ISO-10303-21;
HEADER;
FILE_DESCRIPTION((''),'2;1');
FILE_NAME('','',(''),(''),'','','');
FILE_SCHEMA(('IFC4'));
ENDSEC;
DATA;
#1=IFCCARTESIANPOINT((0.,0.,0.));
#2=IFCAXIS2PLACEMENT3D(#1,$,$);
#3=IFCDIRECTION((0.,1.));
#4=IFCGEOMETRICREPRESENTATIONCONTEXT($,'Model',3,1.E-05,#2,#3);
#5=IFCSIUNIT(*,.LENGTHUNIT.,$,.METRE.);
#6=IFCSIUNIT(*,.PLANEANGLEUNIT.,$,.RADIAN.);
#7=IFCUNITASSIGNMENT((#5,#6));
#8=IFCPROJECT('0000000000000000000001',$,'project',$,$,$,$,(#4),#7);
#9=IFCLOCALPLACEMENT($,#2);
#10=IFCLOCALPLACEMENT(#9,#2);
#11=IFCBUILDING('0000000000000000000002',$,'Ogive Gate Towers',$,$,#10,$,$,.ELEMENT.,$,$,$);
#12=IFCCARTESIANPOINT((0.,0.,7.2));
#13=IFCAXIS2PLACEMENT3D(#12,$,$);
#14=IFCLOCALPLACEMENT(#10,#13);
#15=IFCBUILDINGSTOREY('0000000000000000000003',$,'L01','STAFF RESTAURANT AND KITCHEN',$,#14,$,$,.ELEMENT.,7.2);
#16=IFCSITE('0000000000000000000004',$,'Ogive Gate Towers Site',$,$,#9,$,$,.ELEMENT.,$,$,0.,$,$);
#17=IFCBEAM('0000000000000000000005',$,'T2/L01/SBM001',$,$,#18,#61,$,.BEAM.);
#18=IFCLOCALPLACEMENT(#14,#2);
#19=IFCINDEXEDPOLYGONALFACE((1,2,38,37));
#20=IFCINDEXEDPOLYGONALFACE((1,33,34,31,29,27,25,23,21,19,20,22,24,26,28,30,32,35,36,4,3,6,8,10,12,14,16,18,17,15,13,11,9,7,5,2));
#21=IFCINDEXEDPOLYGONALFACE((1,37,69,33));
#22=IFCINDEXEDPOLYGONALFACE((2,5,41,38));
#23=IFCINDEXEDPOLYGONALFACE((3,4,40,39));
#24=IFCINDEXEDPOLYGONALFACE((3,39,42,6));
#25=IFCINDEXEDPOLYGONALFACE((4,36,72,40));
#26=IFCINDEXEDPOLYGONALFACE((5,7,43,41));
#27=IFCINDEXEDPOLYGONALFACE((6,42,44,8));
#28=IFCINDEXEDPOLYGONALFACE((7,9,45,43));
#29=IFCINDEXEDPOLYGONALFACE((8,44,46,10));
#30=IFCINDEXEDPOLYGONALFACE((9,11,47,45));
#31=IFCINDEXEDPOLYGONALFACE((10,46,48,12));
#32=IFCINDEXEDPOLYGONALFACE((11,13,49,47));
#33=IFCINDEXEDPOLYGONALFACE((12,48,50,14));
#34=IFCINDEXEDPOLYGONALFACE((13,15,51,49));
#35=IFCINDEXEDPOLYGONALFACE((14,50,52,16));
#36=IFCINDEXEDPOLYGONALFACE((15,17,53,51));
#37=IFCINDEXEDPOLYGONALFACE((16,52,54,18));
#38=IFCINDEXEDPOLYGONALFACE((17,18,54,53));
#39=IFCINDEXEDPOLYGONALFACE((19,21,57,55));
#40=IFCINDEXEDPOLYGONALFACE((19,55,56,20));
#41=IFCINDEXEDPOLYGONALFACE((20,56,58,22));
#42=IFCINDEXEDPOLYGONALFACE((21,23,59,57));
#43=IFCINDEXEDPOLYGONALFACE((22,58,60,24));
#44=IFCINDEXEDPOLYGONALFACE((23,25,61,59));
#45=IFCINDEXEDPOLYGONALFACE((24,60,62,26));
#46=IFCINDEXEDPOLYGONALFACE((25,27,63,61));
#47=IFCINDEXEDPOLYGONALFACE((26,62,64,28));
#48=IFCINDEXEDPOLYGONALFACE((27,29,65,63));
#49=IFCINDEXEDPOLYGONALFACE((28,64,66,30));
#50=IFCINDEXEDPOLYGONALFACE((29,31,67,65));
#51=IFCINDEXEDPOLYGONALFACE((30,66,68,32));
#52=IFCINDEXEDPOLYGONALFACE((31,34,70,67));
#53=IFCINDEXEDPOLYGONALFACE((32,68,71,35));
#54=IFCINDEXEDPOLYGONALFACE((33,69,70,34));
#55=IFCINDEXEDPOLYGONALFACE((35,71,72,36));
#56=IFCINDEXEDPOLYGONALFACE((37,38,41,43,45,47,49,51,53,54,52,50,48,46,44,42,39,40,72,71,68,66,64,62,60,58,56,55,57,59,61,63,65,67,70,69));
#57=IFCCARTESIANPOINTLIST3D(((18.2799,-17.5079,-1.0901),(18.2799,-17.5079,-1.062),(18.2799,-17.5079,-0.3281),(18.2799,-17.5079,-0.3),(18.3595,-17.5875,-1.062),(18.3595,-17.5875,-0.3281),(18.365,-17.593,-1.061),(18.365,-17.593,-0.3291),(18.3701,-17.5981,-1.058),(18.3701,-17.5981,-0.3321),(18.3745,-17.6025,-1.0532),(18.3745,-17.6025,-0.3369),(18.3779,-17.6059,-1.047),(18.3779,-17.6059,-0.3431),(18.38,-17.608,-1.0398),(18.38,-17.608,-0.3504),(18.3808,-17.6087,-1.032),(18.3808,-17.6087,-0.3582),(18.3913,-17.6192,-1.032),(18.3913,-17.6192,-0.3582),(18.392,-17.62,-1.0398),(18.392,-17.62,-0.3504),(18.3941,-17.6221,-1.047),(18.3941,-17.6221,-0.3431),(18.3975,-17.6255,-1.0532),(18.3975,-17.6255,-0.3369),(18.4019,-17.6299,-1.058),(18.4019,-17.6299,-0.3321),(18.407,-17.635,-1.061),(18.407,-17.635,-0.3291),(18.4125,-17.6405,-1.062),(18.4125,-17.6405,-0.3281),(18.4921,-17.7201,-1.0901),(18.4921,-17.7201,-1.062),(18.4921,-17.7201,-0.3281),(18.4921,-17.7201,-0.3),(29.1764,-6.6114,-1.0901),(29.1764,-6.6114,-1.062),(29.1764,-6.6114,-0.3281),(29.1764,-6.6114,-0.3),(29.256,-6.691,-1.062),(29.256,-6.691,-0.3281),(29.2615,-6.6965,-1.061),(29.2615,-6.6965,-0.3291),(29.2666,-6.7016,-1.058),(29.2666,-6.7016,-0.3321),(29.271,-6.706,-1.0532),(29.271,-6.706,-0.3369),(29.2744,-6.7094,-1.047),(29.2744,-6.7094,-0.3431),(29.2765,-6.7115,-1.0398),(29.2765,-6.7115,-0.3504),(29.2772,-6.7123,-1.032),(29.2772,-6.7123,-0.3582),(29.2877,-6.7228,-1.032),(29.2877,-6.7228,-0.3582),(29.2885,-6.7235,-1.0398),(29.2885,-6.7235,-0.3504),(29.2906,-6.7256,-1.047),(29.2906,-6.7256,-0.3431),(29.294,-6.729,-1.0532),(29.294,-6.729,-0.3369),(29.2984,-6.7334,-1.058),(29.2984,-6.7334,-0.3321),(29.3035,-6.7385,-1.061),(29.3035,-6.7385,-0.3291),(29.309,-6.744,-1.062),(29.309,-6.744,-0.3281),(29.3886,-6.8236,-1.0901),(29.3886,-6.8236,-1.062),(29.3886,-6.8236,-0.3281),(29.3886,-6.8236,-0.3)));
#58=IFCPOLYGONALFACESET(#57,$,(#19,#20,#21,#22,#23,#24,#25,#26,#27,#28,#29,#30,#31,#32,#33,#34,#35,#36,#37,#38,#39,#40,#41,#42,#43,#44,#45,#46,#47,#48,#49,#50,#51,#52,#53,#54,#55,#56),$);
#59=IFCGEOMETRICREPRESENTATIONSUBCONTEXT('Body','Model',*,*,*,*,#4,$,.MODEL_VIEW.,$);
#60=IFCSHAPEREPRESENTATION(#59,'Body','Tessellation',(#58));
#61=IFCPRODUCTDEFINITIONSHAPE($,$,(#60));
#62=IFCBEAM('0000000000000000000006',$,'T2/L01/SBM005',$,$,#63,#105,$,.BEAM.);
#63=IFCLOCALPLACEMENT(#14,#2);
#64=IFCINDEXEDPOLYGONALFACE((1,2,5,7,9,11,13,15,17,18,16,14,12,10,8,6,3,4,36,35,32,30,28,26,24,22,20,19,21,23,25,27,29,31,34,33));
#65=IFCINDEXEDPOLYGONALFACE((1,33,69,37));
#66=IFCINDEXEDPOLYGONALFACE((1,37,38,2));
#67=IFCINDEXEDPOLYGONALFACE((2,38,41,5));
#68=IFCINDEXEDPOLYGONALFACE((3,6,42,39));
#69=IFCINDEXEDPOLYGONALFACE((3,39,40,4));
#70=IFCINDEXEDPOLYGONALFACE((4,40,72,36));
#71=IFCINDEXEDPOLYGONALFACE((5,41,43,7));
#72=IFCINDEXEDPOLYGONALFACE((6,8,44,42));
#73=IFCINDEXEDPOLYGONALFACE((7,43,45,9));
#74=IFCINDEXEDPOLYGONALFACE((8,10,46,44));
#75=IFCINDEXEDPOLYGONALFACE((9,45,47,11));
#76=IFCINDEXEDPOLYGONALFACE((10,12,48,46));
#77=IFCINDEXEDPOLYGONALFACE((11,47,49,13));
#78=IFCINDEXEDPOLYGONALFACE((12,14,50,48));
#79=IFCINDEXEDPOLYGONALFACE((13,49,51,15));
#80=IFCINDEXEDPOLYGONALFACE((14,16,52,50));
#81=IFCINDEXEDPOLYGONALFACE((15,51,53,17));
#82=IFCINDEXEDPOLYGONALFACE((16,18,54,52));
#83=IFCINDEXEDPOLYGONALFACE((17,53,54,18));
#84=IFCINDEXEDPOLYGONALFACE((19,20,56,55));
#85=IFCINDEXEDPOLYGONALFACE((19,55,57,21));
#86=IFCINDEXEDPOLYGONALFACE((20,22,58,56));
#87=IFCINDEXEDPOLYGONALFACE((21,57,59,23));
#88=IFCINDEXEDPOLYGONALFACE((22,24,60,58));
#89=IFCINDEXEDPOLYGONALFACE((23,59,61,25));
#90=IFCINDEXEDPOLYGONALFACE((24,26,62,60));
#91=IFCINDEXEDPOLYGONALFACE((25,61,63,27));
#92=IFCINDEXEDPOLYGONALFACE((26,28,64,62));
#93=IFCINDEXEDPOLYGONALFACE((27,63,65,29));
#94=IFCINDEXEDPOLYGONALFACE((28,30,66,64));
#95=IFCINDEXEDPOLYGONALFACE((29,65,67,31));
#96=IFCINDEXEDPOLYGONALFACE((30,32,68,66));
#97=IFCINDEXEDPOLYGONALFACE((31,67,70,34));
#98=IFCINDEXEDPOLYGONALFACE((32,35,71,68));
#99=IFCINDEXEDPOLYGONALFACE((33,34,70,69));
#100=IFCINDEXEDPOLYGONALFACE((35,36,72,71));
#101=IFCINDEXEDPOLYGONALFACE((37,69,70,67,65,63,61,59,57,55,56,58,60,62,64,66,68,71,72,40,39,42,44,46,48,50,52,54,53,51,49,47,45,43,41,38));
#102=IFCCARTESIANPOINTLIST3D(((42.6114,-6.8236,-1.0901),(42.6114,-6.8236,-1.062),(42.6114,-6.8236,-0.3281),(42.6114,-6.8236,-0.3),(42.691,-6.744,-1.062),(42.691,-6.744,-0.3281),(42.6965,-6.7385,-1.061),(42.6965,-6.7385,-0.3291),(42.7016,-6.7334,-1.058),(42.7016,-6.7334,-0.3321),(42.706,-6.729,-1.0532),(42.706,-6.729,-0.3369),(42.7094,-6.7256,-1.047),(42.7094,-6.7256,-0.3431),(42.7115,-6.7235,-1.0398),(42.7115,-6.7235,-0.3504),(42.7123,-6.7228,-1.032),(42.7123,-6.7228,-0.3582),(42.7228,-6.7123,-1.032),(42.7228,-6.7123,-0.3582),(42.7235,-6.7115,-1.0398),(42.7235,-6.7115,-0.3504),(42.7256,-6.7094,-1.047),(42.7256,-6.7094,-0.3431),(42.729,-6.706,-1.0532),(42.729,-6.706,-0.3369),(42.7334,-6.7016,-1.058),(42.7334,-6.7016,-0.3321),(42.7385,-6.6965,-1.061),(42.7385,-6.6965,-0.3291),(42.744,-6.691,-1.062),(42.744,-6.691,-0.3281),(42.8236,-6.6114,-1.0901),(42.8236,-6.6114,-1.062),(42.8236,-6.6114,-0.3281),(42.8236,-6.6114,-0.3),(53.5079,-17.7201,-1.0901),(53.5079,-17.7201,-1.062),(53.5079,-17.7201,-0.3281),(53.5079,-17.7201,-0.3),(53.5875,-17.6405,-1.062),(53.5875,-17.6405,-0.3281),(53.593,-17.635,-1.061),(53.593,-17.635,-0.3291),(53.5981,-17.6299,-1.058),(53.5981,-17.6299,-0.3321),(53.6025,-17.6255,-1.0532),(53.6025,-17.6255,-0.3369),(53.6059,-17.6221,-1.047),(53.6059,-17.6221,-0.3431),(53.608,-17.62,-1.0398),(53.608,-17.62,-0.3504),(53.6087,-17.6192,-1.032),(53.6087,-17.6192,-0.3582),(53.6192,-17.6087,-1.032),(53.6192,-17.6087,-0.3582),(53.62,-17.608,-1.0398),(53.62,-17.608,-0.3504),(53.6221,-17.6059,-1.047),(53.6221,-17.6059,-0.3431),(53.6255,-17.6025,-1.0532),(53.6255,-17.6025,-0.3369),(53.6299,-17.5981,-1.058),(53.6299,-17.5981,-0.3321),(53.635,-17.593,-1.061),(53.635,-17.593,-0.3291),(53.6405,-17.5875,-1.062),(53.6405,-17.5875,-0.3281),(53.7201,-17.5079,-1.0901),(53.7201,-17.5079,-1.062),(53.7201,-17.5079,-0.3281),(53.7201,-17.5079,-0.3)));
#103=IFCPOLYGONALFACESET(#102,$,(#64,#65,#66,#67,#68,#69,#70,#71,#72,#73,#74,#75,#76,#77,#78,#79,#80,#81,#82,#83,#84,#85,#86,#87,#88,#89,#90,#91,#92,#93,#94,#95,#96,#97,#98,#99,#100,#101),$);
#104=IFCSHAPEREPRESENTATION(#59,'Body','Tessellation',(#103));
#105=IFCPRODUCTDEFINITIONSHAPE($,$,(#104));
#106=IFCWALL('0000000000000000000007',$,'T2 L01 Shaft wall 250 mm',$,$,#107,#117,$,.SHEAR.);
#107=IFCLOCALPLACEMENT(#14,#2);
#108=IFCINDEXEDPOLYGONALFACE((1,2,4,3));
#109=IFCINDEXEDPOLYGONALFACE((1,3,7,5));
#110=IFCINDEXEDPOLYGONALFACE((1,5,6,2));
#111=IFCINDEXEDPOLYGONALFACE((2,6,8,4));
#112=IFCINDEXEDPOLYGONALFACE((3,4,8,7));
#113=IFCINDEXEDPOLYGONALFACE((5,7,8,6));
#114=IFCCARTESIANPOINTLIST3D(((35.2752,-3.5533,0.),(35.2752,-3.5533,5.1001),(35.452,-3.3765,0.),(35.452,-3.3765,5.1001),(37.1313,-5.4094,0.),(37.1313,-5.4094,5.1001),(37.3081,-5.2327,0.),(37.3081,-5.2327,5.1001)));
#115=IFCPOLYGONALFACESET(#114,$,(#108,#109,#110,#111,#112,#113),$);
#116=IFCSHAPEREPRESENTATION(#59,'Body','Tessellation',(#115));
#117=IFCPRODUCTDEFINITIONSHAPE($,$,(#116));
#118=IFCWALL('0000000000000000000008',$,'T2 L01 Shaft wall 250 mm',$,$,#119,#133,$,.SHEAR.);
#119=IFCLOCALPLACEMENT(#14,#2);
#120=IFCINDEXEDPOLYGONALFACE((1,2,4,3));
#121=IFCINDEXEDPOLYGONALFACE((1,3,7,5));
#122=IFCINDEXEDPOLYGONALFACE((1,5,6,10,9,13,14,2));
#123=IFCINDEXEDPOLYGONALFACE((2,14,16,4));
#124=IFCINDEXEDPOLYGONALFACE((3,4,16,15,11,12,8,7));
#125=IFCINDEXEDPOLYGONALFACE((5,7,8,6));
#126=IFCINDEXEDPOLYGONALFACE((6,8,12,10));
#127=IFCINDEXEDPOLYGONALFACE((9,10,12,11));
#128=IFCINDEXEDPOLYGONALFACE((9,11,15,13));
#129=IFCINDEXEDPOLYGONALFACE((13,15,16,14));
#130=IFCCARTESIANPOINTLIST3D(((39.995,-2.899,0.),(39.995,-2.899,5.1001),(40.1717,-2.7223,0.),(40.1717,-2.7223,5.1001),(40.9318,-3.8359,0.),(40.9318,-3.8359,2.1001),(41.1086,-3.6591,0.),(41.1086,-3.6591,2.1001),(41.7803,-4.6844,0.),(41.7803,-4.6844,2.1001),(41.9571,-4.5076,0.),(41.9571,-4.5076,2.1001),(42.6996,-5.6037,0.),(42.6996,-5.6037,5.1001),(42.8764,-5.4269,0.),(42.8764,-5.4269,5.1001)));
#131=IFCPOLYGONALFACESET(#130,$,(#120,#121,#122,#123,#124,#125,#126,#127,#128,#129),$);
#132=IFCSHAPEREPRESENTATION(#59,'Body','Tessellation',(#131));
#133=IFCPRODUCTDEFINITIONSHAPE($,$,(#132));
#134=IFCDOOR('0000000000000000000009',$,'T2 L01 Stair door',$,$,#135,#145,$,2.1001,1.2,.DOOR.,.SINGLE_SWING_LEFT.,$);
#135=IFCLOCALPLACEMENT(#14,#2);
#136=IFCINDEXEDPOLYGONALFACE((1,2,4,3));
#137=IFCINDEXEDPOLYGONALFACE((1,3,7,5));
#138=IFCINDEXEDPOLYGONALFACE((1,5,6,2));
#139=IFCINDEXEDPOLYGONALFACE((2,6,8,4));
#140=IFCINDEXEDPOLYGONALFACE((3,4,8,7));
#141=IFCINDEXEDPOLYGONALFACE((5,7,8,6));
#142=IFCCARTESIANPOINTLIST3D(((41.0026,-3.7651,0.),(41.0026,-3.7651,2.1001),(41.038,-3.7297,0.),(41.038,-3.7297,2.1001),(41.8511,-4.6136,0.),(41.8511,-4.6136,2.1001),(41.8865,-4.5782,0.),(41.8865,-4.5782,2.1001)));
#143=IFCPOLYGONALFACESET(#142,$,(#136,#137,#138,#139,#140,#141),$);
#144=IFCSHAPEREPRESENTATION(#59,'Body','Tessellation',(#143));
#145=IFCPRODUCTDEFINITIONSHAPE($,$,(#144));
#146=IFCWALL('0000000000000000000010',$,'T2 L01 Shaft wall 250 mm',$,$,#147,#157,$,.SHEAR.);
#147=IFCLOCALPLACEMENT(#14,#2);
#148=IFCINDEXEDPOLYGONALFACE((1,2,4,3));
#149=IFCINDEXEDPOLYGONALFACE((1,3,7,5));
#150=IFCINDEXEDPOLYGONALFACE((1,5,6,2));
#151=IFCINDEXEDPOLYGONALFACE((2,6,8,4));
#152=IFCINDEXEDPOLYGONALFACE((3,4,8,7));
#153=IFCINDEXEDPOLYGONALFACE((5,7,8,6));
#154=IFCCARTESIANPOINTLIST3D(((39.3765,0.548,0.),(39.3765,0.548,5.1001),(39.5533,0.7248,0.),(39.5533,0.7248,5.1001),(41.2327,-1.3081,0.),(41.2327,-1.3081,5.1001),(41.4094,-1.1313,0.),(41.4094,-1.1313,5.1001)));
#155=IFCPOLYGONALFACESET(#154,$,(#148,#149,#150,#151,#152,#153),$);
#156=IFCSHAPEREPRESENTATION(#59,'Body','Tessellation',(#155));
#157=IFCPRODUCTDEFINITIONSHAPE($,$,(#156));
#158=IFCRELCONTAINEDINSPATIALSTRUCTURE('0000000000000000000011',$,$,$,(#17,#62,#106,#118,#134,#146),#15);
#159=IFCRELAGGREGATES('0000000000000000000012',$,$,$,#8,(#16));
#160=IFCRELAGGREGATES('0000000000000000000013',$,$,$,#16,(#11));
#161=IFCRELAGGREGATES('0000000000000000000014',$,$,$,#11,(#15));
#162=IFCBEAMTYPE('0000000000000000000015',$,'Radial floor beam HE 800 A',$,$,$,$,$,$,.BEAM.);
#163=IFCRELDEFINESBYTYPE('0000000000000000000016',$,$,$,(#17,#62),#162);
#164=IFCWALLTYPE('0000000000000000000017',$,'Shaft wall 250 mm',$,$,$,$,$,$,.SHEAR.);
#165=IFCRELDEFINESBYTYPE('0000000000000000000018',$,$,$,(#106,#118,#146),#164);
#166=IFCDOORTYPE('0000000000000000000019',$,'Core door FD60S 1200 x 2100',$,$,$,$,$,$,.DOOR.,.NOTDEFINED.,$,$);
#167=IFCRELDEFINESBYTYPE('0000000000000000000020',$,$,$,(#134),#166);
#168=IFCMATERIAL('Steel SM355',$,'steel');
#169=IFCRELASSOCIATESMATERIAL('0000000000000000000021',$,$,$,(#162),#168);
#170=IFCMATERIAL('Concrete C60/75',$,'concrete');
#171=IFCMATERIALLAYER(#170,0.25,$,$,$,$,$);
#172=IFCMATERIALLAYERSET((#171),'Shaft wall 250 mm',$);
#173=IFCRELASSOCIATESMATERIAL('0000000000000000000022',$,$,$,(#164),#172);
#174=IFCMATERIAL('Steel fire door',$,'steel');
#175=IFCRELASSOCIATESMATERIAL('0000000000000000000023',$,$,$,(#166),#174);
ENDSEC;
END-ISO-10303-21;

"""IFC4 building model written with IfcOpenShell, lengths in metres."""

from ifc_helpers import new_model, si_unit, direction, frame, frame_2d, origin, origin_2d, place, context, subcontext, project, spatial, rectangle, i_section, extrude, material, layer, layer_set, material_profile, profile_set, type_object, element, fill, save


model = new_model("IFC4")

# Units and contexts
model_context = context("Model", 3, precision=1e-05, world=origin(), true_north=direction((0.0, 1.0)))
body_context = subcontext(model_context, "Body", "Model", "MODEL_VIEW")
ifc_project = project(units=[si_unit("LENGTHUNIT", "METRE"), si_unit("PLANEANGLEUNIT", "RADIAN")], contexts=[model_context])

# Site, building, storey
site_placement = place(None, origin())
site = spatial("IfcSite", under=ifc_project, at=site_placement, Name="Ogive Gate Towers Site", CompositionType="ELEMENT", RefElevation=0.0)
building_placement = place(site_placement, origin())
building = spatial("IfcBuilding", under=site, at=building_placement, Name="Ogive Gate Towers", CompositionType="ELEMENT")
storey_placement = place(building_placement, frame((0.0, 0.0, 7.2)))
storey = spatial("IfcBuildingStorey", under=building, at=storey_placement, Name="L01", Description="STAFF RESTAURANT AND KITCHEN", CompositionType="ELEMENT", Elevation=7.2)

# Beams
ifc_material_1 = material(Name="Steel SM355", Category="steel")
ifc_material_profile = material_profile(ifc_material_1, i_section(OverallWidth=0.3, OverallDepth=0.79, WebThickness=0.0149, FlangeThickness=0.0281, FilletRadius=0.03, at=origin_2d()), Name="HE 800 A")
ifc_profile_set = profile_set([ifc_material_profile], Name="Steel SM355")
beam_type = type_object("IfcBeamType", Name="Radial floor beam HE 800 A", PredefinedType="BEAM", material=ifc_profile_set)
for number, where, z_axis, x_axis, name in (
    (1, (29.2825, -6.7175, -0.6951), (-0.707107, -0.707107, 0.0), (0.707107, -0.707107, 0.0), "T2/L01/SBM001"),
    (2, (42.7175, -6.7175, -0.6951), (0.707107, -0.707107, 0.0), (0.707107, 0.707107, 0.0), "T2/L01/SBM005"),
):
    element("IfcBeam", number, at=place(storey_placement, frame(where, z_axis=z_axis, x_axis=x_axis)), inside=storey, type_object=beam_type, Name=name, PredefinedType="BEAM", context=body_context, shape_type="SweptSolid", body=[
        extrude(i_section(OverallWidth=0.3, OverallDepth=0.79, WebThickness=0.0149, FlangeThickness=0.0281, FilletRadius=0.03, at=origin_2d()), origin(), (0.0, 0.0, 1.0), 15.4099),
    ])

# Wall
ifc_material_2 = material(Name="Concrete C60/75", Category="concrete")
ifc_layer_1 = layer(ifc_material_2, 0.25)
ifc_layer_set_1 = layer_set([ifc_layer_1], Name="Shaft wall 250 mm")
wall_type_1 = type_object("IfcWallType", Name="Shaft wall 250 mm", PredefinedType="SHEAR", material=ifc_layer_set_1)
wall_1_placement = place(storey_placement, frame((37.2197, -5.321, 0.0), z_axis=(0.0, 0.0, 1.0), x_axis=(-0.707107, 0.707107, 0.0)))
element("IfcWall", 3, at=wall_1_placement, inside=storey, type_object=wall_type_1, Name="T2 L01 Shaft wall 250 mm", PredefinedType="SHEAR", context=body_context, shape_type="SweptSolid", body=[
    extrude(rectangle(XDim=2.625, YDim=0.25, at=frame_2d((1.3125, 0.0))), origin(), (0.0, 0.0, 1.0), 5.1001),
])

# Wall, opening, door
wall_2_placement = place(storey_placement, frame((42.7881, -5.5154, 0.0), z_axis=(0.0, 0.0, 1.0), x_axis=(-0.707107, 0.707107, 0.0)))
wall_2 = element("IfcWall", 4, at=wall_2_placement, inside=storey, type_object=wall_type_1, Name="T2 L01 Shaft wall 250 mm", PredefinedType="SHEAR", context=body_context, shape_type="SweptSolid", body=[
    extrude(rectangle(XDim=3.825, YDim=0.25, at=frame_2d((1.9126, 0.0))), origin(), (0.0, 0.0, 1.0), 5.1001),
])
opening_1_placement = place(wall_2_placement, frame((1.3, 0.0, 0.0)))
opening_1 = element("IfcOpeningElement", 5, at=opening_1_placement, cuts=wall_2, PredefinedType="OPENING", context=body_context, shape_type="SweptSolid", body=[
    extrude(rectangle(XDim=1.2, YDim=2.1001, at=frame_2d((0.6001, 1.05))), frame((0.0, 0.135, 0.0), z_axis=(0.0, -1.0, 0.0), x_axis=(1.0, 0.0, 0.0)), (0.0, 0.0, 1.0), 0.27),
])
ifc_material_3 = material(Name="Steel fire door", Category="steel")
door_type_1 = type_object("IfcDoorType", Name="Core door FD60S 1200 x 2100", OperationType="NOTDEFINED", PredefinedType="DOOR", material=ifc_material_3)
door_1_placement = place(opening_1_placement, origin())
door_1 = element("IfcDoor", 6, at=door_1_placement, inside=storey, type_object=door_type_1, Name="T2 L01 Stair door", OperationType="SINGLE_SWING_LEFT", OverallHeight=2.1001, OverallWidth=1.2, PredefinedType="DOOR", context=body_context, shape_type="SweptSolid", body=[
    extrude(rectangle(XDim=1.2, YDim=2.1001, at=frame_2d((0.6001, 1.05))), frame((0.0, 0.0249, 0.0), z_axis=(0.0, -1.0, 0.0), x_axis=(1.0, 0.0, 0.0)), (0.0, 0.0, 1.0), 0.05),
])
fill(opening_1, door_1)

# Wall
wall_3_placement = place(storey_placement, frame((41.321, -1.2197, 0.0), z_axis=(0.0, 0.0, 1.0), x_axis=(-0.707107, 0.707107, 0.0)))
element("IfcWall", 7, at=wall_3_placement, inside=storey, type_object=wall_type_1, Name="T2 L01 Shaft wall 250 mm", PredefinedType="SHEAR", context=body_context, shape_type="SweptSolid", body=[
    extrude(rectangle(XDim=2.625, YDim=0.25, at=frame_2d((1.3125, 0.0))), origin(), (0.0, 0.0, 1.0), 5.1001),
])

save(model, "model.ifc")
